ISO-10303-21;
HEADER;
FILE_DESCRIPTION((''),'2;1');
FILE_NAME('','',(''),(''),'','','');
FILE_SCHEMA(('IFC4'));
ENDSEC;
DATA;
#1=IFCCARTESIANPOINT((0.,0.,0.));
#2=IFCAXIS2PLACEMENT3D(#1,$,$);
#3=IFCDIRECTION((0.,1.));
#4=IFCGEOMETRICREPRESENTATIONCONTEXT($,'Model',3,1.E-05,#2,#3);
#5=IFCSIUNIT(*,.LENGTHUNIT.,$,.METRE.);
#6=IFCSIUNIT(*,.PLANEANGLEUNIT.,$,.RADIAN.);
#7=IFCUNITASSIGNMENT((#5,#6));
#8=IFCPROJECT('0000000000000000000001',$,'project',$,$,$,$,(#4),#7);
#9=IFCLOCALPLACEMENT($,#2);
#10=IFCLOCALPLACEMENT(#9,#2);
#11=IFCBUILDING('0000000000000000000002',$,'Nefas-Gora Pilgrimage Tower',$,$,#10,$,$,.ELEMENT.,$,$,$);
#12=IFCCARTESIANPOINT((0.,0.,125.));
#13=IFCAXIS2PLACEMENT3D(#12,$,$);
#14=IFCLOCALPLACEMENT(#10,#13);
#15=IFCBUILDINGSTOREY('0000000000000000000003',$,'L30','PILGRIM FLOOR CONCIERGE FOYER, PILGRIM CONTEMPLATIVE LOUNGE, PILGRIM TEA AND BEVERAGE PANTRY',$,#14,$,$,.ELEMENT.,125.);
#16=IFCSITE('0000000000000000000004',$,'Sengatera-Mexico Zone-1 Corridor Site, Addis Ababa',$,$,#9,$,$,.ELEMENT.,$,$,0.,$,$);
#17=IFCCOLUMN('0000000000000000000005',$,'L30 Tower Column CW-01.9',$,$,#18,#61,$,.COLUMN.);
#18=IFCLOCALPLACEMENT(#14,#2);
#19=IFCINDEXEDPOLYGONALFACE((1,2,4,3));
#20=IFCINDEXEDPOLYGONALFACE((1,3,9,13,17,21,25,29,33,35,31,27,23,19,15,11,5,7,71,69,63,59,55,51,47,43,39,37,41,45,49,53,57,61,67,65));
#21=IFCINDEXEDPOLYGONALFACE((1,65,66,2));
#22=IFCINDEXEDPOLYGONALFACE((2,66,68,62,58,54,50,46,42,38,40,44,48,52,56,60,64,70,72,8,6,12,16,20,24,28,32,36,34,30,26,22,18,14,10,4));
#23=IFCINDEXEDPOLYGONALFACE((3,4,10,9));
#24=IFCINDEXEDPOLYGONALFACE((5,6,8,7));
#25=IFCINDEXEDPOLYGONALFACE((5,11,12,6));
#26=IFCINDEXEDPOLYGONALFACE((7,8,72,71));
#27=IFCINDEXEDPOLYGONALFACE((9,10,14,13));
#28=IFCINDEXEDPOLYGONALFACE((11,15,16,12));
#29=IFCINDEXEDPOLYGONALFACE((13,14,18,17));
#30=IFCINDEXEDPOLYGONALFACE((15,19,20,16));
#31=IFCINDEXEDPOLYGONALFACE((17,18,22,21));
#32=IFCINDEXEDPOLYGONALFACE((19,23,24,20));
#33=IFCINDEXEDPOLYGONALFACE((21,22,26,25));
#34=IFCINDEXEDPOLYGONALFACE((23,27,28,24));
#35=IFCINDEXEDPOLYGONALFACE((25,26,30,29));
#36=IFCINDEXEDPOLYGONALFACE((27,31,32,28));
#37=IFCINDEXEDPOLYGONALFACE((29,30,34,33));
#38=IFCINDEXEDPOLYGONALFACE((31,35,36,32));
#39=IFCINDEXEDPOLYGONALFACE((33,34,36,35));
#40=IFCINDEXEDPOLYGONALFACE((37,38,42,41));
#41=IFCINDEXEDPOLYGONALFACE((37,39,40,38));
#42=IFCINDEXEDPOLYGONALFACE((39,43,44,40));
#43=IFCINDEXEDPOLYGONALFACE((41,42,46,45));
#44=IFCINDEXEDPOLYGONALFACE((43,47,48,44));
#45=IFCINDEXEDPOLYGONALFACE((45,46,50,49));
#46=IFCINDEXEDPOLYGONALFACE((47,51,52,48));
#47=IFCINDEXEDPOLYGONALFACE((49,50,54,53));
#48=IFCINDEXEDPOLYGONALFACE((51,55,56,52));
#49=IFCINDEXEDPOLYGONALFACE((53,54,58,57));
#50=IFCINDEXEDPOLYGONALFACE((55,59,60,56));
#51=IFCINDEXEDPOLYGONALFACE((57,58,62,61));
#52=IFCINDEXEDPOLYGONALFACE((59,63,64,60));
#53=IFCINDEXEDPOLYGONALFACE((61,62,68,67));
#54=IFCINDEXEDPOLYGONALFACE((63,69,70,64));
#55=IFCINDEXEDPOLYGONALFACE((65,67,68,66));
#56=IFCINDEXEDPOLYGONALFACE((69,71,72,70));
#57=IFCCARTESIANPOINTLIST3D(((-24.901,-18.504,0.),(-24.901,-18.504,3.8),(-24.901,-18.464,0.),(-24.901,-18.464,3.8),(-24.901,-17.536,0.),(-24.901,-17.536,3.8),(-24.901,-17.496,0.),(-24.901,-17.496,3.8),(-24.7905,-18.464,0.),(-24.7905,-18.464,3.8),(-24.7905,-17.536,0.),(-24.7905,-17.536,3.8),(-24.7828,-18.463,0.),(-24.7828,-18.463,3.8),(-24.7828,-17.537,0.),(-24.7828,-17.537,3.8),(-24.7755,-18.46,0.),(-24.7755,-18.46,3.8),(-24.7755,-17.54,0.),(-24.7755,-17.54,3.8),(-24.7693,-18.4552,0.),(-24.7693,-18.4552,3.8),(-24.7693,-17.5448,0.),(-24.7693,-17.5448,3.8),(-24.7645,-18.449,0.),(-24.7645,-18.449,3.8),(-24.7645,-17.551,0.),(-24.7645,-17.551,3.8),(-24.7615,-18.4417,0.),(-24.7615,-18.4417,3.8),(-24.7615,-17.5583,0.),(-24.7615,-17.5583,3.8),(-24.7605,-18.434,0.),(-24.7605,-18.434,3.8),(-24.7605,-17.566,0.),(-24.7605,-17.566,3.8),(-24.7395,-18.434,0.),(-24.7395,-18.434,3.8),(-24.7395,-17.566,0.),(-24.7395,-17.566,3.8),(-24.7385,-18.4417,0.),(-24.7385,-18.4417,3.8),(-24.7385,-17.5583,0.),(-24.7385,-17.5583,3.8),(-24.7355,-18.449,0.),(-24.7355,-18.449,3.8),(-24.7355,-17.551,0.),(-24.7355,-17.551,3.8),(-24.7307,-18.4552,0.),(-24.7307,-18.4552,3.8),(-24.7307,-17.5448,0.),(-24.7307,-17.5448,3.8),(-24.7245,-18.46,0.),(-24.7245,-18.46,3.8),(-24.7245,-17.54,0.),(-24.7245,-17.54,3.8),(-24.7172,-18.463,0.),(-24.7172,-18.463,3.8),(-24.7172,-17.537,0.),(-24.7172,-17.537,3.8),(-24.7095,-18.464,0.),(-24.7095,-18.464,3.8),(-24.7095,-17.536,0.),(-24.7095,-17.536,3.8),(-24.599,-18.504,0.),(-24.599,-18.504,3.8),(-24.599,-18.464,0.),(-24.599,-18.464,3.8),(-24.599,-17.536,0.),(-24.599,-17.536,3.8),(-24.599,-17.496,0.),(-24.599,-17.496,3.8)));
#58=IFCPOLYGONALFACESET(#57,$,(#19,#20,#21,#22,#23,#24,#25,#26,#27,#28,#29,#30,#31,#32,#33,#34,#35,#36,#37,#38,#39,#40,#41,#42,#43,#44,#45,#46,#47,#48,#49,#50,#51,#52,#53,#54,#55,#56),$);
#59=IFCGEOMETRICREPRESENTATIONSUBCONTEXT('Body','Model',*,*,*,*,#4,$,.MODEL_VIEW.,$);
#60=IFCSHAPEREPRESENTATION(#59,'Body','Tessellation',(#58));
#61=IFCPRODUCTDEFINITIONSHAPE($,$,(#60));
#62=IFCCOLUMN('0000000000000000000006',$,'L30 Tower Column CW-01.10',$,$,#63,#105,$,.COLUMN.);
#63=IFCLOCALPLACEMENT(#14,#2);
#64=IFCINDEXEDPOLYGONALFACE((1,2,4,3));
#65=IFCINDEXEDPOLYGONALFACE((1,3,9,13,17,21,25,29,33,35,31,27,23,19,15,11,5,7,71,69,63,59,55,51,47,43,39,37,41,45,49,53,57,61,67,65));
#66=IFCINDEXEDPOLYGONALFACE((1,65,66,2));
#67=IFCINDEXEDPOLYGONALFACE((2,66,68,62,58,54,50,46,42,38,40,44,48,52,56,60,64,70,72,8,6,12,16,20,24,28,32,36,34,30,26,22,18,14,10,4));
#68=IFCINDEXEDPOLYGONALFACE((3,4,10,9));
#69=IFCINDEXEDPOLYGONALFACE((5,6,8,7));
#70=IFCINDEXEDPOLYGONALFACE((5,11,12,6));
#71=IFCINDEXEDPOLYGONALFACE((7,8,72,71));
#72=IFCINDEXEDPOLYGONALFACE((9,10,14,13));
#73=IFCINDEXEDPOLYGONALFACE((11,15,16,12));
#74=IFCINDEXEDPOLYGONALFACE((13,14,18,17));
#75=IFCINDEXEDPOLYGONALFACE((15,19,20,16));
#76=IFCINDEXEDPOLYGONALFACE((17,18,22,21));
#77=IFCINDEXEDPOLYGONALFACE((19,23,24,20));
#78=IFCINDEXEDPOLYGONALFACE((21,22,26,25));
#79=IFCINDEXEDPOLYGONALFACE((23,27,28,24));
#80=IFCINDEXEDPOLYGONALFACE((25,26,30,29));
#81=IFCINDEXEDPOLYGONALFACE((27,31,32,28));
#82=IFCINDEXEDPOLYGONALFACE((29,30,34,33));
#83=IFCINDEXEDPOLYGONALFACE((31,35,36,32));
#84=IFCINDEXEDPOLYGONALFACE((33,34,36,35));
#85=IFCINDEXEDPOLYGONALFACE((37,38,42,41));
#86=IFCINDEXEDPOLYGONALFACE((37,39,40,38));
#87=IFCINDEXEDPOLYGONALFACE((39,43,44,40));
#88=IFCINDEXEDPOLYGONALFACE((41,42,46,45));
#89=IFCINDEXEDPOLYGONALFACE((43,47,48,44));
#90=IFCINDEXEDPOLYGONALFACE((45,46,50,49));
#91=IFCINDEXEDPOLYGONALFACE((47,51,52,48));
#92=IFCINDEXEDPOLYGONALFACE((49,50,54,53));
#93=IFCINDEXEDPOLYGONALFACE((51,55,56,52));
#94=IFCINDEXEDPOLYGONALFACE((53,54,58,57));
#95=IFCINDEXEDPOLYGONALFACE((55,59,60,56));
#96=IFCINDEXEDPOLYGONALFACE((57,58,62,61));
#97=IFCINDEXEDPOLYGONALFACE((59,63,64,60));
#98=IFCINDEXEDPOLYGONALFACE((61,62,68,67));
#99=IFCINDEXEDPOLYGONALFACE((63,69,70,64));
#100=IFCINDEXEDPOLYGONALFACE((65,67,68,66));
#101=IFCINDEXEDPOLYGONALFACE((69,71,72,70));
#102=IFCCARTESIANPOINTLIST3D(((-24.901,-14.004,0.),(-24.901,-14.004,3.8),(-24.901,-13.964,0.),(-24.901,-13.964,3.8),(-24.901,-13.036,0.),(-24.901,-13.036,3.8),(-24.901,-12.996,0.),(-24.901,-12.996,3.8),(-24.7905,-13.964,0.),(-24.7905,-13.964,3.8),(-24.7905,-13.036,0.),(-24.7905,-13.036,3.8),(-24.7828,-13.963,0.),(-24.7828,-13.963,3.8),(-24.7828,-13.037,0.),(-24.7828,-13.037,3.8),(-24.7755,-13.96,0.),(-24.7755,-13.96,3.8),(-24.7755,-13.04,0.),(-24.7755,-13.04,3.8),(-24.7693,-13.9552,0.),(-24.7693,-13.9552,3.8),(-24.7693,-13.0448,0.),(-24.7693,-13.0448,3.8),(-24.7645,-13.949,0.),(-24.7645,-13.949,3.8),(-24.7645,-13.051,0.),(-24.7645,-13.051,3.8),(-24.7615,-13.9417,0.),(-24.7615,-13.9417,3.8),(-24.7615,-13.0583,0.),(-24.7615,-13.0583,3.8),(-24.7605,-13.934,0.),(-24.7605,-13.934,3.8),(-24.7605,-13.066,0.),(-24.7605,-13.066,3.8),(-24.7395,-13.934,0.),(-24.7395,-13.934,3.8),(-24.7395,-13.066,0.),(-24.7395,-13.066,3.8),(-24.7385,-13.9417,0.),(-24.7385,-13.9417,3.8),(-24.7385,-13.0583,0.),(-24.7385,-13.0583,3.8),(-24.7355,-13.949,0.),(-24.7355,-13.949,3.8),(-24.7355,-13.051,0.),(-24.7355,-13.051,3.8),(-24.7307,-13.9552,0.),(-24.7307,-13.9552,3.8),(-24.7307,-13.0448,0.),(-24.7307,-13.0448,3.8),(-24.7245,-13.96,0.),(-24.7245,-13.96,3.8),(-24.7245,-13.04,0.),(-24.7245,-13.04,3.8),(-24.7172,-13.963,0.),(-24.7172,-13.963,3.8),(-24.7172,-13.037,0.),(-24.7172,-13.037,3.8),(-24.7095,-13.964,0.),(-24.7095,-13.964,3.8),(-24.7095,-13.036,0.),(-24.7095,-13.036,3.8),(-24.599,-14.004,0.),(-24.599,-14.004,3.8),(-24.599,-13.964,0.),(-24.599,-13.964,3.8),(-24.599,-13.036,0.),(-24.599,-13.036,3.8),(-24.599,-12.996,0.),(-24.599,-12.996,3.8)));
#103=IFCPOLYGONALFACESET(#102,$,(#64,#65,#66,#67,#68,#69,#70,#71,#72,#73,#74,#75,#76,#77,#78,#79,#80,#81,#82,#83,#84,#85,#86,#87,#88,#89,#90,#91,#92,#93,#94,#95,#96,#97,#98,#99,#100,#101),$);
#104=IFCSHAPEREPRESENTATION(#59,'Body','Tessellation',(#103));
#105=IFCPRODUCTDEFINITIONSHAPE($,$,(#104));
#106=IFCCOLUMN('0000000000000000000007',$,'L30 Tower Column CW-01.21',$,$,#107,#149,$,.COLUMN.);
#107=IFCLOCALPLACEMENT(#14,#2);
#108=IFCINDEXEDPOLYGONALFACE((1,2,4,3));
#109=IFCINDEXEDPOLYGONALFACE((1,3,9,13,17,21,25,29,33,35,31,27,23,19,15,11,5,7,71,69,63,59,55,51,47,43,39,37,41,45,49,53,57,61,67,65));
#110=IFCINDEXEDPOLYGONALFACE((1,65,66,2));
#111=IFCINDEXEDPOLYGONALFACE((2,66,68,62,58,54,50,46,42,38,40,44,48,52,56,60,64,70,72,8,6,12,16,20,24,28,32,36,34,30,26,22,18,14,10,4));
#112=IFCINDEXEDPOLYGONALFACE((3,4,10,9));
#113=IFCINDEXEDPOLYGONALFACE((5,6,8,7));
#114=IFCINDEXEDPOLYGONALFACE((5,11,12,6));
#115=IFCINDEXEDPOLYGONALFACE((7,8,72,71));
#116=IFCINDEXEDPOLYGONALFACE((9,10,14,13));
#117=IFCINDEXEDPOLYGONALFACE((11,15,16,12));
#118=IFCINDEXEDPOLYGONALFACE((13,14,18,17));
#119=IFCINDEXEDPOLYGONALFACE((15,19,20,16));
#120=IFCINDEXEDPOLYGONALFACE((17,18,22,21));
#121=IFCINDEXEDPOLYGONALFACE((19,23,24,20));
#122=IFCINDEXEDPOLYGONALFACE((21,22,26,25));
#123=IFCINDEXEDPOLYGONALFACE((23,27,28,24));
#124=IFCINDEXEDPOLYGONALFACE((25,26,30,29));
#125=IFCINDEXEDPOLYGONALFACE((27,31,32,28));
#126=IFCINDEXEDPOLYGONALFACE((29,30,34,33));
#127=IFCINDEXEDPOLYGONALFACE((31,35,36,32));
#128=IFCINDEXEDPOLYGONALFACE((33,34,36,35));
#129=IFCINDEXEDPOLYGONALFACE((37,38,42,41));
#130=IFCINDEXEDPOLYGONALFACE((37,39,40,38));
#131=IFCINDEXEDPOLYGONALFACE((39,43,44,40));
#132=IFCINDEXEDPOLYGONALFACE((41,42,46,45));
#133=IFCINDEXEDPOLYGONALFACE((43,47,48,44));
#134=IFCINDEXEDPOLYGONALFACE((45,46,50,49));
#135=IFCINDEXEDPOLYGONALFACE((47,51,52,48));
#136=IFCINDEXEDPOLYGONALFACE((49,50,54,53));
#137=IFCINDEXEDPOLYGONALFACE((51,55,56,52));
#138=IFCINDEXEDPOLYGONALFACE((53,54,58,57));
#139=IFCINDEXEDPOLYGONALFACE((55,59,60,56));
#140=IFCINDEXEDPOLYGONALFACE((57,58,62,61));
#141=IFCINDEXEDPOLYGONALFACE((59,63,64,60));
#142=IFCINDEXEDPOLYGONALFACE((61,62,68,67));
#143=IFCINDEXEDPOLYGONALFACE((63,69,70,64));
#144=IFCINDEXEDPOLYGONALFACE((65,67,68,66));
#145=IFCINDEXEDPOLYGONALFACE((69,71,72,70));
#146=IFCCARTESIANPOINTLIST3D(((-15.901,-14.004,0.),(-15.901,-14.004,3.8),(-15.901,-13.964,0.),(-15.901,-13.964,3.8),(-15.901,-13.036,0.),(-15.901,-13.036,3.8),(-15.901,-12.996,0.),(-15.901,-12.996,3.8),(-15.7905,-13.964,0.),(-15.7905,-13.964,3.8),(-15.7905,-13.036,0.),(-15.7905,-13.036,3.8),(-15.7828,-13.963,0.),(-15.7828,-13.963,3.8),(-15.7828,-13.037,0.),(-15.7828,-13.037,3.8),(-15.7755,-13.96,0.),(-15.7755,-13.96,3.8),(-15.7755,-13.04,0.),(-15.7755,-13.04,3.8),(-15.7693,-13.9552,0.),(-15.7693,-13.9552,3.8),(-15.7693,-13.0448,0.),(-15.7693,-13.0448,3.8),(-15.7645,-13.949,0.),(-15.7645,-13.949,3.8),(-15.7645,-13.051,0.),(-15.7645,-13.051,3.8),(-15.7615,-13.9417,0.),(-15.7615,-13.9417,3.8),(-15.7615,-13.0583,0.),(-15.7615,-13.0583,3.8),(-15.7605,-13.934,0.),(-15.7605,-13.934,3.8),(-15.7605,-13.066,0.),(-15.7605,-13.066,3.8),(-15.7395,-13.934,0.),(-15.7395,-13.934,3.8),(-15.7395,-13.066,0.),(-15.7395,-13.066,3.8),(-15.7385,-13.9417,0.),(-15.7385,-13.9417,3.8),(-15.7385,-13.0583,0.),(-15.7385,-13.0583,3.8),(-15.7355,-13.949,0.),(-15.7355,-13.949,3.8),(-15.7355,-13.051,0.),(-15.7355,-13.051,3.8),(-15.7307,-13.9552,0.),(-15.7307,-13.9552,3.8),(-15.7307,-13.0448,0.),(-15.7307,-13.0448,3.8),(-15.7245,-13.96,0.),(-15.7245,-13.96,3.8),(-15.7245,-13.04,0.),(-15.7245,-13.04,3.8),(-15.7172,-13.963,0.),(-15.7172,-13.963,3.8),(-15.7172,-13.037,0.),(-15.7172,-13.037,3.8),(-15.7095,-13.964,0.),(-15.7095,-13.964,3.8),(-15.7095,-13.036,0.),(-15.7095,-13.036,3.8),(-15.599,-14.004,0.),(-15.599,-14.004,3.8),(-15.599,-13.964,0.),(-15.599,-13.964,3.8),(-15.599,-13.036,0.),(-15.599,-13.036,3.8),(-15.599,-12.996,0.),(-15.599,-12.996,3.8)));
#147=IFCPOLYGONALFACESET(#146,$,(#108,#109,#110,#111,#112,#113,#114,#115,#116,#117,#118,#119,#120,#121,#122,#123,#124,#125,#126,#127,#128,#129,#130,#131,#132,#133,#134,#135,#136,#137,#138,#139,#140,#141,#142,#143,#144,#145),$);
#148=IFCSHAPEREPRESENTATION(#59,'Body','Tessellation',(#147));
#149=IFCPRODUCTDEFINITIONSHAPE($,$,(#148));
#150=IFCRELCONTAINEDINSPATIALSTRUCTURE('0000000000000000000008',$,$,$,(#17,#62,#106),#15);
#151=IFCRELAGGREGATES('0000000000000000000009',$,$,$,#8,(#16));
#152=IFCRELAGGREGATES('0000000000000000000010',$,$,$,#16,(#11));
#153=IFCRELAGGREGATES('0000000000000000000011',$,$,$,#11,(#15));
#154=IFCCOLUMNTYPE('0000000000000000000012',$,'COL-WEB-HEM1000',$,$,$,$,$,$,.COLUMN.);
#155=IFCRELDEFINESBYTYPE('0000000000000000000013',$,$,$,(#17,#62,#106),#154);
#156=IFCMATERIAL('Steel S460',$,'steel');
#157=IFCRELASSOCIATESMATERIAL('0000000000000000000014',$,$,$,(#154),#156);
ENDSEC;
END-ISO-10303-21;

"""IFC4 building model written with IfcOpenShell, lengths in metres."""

from ifc_helpers import new_model, si_unit, direction, frame, origin, origin_2d, place, context, subcontext, project, spatial, i_section, extrude, source, transform, mapped, material, material_profile, profile_set, type_object, element, save


model = new_model("IFC4")

# Units and contexts
model_context = context("Model", 3, precision=1e-05, world=origin(), true_north=direction((0.0, 1.0)))
body_context = subcontext(model_context, "Body", "Model", "MODEL_VIEW")
ifc_project = project(units=[si_unit("LENGTHUNIT", "METRE"), si_unit("PLANEANGLEUNIT", "RADIAN")], contexts=[model_context])

# Site, building, storey
site_placement = place(None, origin())
site = spatial("IfcSite", under=ifc_project, at=site_placement, Name="Sengatera-Mexico Zone-1 Corridor Site, Addis Ababa", CompositionType="ELEMENT", RefElevation=0.0)
building_placement = place(site_placement, origin())
building = spatial("IfcBuilding", under=site, at=building_placement, Name="Nefas-Gora Pilgrimage Tower", CompositionType="ELEMENT")
storey_placement = place(building_placement, frame((0.0, 0.0, 125.0)))
storey = spatial("IfcBuildingStorey", under=building, at=storey_placement, Name="L30", Description="PILGRIM FLOOR CONCIERGE FOYER, PILGRIM CONTEMPLATIVE LOUNGE, PILGRIM TEA AND BEVERAGE PANTRY", CompositionType="ELEMENT", Elevation=125.0)

# Columns
ifc_material_1 = material(Name="Steel S460", Category="steel")
ifc_material_profile_1 = material_profile(ifc_material_1, i_section(OverallWidth=0.302, OverallDepth=1.0081, WebThickness=0.021, FlangeThickness=0.04, FilletRadius=0.03, at=origin_2d()), Name="HEM 1000")
ifc_profile_set_1 = profile_set([ifc_material_profile_1], Name="Steel S460")
column_type_1 = type_object("IfcColumnType", Name="COL-WEB-HEM1000", PredefinedType="COLUMN", material=ifc_profile_set_1)
shared_shape_1 = source(origin(), body_context, "Body", "SweptSolid", [
    extrude(i_section(OverallWidth=0.302, OverallDepth=1.0081, WebThickness=0.021, FlangeThickness=0.04, FilletRadius=0.03, at=origin_2d()), origin(), (0.0, 0.0, 1.0), 3.8),
])
for number, where, z_axis, x_axis, name in (
    (1, (-24.75, -18.0, 0.0), (0.0, 0.0, 1.0), (1.0, 0.0, 0.0), "L30 Tower Column CW-01.9"),
    (2, (-24.75, -13.5, 0.0), (0.0, 0.0, 1.0), (1.0, 0.0, 0.0), "L30 Tower Column CW-01.10"),
    (3, (-15.75, -13.5, 0.0), (0.0, 0.0, 1.0), (1.0, 0.0, 0.0), "L30 Tower Column CW-01.21"),
):
    element("IfcColumn", number, at=place(storey_placement, frame(where, z_axis=z_axis, x_axis=x_axis)), inside=storey, type_object=column_type_1, Name=name, PredefinedType="COLUMN", context=body_context, shape_type="MappedRepresentation", body=[
        mapped(shared_shape_1, transform((0.0, 0.0, 0.0), x_axis=(1.0, 0.0, 0.0), y_axis=(0.0, 1.0, 0.0), z_axis=(0.0, 0.0, 1.0), scale=1.0)),
    ])

save(model, "model.ifc")
